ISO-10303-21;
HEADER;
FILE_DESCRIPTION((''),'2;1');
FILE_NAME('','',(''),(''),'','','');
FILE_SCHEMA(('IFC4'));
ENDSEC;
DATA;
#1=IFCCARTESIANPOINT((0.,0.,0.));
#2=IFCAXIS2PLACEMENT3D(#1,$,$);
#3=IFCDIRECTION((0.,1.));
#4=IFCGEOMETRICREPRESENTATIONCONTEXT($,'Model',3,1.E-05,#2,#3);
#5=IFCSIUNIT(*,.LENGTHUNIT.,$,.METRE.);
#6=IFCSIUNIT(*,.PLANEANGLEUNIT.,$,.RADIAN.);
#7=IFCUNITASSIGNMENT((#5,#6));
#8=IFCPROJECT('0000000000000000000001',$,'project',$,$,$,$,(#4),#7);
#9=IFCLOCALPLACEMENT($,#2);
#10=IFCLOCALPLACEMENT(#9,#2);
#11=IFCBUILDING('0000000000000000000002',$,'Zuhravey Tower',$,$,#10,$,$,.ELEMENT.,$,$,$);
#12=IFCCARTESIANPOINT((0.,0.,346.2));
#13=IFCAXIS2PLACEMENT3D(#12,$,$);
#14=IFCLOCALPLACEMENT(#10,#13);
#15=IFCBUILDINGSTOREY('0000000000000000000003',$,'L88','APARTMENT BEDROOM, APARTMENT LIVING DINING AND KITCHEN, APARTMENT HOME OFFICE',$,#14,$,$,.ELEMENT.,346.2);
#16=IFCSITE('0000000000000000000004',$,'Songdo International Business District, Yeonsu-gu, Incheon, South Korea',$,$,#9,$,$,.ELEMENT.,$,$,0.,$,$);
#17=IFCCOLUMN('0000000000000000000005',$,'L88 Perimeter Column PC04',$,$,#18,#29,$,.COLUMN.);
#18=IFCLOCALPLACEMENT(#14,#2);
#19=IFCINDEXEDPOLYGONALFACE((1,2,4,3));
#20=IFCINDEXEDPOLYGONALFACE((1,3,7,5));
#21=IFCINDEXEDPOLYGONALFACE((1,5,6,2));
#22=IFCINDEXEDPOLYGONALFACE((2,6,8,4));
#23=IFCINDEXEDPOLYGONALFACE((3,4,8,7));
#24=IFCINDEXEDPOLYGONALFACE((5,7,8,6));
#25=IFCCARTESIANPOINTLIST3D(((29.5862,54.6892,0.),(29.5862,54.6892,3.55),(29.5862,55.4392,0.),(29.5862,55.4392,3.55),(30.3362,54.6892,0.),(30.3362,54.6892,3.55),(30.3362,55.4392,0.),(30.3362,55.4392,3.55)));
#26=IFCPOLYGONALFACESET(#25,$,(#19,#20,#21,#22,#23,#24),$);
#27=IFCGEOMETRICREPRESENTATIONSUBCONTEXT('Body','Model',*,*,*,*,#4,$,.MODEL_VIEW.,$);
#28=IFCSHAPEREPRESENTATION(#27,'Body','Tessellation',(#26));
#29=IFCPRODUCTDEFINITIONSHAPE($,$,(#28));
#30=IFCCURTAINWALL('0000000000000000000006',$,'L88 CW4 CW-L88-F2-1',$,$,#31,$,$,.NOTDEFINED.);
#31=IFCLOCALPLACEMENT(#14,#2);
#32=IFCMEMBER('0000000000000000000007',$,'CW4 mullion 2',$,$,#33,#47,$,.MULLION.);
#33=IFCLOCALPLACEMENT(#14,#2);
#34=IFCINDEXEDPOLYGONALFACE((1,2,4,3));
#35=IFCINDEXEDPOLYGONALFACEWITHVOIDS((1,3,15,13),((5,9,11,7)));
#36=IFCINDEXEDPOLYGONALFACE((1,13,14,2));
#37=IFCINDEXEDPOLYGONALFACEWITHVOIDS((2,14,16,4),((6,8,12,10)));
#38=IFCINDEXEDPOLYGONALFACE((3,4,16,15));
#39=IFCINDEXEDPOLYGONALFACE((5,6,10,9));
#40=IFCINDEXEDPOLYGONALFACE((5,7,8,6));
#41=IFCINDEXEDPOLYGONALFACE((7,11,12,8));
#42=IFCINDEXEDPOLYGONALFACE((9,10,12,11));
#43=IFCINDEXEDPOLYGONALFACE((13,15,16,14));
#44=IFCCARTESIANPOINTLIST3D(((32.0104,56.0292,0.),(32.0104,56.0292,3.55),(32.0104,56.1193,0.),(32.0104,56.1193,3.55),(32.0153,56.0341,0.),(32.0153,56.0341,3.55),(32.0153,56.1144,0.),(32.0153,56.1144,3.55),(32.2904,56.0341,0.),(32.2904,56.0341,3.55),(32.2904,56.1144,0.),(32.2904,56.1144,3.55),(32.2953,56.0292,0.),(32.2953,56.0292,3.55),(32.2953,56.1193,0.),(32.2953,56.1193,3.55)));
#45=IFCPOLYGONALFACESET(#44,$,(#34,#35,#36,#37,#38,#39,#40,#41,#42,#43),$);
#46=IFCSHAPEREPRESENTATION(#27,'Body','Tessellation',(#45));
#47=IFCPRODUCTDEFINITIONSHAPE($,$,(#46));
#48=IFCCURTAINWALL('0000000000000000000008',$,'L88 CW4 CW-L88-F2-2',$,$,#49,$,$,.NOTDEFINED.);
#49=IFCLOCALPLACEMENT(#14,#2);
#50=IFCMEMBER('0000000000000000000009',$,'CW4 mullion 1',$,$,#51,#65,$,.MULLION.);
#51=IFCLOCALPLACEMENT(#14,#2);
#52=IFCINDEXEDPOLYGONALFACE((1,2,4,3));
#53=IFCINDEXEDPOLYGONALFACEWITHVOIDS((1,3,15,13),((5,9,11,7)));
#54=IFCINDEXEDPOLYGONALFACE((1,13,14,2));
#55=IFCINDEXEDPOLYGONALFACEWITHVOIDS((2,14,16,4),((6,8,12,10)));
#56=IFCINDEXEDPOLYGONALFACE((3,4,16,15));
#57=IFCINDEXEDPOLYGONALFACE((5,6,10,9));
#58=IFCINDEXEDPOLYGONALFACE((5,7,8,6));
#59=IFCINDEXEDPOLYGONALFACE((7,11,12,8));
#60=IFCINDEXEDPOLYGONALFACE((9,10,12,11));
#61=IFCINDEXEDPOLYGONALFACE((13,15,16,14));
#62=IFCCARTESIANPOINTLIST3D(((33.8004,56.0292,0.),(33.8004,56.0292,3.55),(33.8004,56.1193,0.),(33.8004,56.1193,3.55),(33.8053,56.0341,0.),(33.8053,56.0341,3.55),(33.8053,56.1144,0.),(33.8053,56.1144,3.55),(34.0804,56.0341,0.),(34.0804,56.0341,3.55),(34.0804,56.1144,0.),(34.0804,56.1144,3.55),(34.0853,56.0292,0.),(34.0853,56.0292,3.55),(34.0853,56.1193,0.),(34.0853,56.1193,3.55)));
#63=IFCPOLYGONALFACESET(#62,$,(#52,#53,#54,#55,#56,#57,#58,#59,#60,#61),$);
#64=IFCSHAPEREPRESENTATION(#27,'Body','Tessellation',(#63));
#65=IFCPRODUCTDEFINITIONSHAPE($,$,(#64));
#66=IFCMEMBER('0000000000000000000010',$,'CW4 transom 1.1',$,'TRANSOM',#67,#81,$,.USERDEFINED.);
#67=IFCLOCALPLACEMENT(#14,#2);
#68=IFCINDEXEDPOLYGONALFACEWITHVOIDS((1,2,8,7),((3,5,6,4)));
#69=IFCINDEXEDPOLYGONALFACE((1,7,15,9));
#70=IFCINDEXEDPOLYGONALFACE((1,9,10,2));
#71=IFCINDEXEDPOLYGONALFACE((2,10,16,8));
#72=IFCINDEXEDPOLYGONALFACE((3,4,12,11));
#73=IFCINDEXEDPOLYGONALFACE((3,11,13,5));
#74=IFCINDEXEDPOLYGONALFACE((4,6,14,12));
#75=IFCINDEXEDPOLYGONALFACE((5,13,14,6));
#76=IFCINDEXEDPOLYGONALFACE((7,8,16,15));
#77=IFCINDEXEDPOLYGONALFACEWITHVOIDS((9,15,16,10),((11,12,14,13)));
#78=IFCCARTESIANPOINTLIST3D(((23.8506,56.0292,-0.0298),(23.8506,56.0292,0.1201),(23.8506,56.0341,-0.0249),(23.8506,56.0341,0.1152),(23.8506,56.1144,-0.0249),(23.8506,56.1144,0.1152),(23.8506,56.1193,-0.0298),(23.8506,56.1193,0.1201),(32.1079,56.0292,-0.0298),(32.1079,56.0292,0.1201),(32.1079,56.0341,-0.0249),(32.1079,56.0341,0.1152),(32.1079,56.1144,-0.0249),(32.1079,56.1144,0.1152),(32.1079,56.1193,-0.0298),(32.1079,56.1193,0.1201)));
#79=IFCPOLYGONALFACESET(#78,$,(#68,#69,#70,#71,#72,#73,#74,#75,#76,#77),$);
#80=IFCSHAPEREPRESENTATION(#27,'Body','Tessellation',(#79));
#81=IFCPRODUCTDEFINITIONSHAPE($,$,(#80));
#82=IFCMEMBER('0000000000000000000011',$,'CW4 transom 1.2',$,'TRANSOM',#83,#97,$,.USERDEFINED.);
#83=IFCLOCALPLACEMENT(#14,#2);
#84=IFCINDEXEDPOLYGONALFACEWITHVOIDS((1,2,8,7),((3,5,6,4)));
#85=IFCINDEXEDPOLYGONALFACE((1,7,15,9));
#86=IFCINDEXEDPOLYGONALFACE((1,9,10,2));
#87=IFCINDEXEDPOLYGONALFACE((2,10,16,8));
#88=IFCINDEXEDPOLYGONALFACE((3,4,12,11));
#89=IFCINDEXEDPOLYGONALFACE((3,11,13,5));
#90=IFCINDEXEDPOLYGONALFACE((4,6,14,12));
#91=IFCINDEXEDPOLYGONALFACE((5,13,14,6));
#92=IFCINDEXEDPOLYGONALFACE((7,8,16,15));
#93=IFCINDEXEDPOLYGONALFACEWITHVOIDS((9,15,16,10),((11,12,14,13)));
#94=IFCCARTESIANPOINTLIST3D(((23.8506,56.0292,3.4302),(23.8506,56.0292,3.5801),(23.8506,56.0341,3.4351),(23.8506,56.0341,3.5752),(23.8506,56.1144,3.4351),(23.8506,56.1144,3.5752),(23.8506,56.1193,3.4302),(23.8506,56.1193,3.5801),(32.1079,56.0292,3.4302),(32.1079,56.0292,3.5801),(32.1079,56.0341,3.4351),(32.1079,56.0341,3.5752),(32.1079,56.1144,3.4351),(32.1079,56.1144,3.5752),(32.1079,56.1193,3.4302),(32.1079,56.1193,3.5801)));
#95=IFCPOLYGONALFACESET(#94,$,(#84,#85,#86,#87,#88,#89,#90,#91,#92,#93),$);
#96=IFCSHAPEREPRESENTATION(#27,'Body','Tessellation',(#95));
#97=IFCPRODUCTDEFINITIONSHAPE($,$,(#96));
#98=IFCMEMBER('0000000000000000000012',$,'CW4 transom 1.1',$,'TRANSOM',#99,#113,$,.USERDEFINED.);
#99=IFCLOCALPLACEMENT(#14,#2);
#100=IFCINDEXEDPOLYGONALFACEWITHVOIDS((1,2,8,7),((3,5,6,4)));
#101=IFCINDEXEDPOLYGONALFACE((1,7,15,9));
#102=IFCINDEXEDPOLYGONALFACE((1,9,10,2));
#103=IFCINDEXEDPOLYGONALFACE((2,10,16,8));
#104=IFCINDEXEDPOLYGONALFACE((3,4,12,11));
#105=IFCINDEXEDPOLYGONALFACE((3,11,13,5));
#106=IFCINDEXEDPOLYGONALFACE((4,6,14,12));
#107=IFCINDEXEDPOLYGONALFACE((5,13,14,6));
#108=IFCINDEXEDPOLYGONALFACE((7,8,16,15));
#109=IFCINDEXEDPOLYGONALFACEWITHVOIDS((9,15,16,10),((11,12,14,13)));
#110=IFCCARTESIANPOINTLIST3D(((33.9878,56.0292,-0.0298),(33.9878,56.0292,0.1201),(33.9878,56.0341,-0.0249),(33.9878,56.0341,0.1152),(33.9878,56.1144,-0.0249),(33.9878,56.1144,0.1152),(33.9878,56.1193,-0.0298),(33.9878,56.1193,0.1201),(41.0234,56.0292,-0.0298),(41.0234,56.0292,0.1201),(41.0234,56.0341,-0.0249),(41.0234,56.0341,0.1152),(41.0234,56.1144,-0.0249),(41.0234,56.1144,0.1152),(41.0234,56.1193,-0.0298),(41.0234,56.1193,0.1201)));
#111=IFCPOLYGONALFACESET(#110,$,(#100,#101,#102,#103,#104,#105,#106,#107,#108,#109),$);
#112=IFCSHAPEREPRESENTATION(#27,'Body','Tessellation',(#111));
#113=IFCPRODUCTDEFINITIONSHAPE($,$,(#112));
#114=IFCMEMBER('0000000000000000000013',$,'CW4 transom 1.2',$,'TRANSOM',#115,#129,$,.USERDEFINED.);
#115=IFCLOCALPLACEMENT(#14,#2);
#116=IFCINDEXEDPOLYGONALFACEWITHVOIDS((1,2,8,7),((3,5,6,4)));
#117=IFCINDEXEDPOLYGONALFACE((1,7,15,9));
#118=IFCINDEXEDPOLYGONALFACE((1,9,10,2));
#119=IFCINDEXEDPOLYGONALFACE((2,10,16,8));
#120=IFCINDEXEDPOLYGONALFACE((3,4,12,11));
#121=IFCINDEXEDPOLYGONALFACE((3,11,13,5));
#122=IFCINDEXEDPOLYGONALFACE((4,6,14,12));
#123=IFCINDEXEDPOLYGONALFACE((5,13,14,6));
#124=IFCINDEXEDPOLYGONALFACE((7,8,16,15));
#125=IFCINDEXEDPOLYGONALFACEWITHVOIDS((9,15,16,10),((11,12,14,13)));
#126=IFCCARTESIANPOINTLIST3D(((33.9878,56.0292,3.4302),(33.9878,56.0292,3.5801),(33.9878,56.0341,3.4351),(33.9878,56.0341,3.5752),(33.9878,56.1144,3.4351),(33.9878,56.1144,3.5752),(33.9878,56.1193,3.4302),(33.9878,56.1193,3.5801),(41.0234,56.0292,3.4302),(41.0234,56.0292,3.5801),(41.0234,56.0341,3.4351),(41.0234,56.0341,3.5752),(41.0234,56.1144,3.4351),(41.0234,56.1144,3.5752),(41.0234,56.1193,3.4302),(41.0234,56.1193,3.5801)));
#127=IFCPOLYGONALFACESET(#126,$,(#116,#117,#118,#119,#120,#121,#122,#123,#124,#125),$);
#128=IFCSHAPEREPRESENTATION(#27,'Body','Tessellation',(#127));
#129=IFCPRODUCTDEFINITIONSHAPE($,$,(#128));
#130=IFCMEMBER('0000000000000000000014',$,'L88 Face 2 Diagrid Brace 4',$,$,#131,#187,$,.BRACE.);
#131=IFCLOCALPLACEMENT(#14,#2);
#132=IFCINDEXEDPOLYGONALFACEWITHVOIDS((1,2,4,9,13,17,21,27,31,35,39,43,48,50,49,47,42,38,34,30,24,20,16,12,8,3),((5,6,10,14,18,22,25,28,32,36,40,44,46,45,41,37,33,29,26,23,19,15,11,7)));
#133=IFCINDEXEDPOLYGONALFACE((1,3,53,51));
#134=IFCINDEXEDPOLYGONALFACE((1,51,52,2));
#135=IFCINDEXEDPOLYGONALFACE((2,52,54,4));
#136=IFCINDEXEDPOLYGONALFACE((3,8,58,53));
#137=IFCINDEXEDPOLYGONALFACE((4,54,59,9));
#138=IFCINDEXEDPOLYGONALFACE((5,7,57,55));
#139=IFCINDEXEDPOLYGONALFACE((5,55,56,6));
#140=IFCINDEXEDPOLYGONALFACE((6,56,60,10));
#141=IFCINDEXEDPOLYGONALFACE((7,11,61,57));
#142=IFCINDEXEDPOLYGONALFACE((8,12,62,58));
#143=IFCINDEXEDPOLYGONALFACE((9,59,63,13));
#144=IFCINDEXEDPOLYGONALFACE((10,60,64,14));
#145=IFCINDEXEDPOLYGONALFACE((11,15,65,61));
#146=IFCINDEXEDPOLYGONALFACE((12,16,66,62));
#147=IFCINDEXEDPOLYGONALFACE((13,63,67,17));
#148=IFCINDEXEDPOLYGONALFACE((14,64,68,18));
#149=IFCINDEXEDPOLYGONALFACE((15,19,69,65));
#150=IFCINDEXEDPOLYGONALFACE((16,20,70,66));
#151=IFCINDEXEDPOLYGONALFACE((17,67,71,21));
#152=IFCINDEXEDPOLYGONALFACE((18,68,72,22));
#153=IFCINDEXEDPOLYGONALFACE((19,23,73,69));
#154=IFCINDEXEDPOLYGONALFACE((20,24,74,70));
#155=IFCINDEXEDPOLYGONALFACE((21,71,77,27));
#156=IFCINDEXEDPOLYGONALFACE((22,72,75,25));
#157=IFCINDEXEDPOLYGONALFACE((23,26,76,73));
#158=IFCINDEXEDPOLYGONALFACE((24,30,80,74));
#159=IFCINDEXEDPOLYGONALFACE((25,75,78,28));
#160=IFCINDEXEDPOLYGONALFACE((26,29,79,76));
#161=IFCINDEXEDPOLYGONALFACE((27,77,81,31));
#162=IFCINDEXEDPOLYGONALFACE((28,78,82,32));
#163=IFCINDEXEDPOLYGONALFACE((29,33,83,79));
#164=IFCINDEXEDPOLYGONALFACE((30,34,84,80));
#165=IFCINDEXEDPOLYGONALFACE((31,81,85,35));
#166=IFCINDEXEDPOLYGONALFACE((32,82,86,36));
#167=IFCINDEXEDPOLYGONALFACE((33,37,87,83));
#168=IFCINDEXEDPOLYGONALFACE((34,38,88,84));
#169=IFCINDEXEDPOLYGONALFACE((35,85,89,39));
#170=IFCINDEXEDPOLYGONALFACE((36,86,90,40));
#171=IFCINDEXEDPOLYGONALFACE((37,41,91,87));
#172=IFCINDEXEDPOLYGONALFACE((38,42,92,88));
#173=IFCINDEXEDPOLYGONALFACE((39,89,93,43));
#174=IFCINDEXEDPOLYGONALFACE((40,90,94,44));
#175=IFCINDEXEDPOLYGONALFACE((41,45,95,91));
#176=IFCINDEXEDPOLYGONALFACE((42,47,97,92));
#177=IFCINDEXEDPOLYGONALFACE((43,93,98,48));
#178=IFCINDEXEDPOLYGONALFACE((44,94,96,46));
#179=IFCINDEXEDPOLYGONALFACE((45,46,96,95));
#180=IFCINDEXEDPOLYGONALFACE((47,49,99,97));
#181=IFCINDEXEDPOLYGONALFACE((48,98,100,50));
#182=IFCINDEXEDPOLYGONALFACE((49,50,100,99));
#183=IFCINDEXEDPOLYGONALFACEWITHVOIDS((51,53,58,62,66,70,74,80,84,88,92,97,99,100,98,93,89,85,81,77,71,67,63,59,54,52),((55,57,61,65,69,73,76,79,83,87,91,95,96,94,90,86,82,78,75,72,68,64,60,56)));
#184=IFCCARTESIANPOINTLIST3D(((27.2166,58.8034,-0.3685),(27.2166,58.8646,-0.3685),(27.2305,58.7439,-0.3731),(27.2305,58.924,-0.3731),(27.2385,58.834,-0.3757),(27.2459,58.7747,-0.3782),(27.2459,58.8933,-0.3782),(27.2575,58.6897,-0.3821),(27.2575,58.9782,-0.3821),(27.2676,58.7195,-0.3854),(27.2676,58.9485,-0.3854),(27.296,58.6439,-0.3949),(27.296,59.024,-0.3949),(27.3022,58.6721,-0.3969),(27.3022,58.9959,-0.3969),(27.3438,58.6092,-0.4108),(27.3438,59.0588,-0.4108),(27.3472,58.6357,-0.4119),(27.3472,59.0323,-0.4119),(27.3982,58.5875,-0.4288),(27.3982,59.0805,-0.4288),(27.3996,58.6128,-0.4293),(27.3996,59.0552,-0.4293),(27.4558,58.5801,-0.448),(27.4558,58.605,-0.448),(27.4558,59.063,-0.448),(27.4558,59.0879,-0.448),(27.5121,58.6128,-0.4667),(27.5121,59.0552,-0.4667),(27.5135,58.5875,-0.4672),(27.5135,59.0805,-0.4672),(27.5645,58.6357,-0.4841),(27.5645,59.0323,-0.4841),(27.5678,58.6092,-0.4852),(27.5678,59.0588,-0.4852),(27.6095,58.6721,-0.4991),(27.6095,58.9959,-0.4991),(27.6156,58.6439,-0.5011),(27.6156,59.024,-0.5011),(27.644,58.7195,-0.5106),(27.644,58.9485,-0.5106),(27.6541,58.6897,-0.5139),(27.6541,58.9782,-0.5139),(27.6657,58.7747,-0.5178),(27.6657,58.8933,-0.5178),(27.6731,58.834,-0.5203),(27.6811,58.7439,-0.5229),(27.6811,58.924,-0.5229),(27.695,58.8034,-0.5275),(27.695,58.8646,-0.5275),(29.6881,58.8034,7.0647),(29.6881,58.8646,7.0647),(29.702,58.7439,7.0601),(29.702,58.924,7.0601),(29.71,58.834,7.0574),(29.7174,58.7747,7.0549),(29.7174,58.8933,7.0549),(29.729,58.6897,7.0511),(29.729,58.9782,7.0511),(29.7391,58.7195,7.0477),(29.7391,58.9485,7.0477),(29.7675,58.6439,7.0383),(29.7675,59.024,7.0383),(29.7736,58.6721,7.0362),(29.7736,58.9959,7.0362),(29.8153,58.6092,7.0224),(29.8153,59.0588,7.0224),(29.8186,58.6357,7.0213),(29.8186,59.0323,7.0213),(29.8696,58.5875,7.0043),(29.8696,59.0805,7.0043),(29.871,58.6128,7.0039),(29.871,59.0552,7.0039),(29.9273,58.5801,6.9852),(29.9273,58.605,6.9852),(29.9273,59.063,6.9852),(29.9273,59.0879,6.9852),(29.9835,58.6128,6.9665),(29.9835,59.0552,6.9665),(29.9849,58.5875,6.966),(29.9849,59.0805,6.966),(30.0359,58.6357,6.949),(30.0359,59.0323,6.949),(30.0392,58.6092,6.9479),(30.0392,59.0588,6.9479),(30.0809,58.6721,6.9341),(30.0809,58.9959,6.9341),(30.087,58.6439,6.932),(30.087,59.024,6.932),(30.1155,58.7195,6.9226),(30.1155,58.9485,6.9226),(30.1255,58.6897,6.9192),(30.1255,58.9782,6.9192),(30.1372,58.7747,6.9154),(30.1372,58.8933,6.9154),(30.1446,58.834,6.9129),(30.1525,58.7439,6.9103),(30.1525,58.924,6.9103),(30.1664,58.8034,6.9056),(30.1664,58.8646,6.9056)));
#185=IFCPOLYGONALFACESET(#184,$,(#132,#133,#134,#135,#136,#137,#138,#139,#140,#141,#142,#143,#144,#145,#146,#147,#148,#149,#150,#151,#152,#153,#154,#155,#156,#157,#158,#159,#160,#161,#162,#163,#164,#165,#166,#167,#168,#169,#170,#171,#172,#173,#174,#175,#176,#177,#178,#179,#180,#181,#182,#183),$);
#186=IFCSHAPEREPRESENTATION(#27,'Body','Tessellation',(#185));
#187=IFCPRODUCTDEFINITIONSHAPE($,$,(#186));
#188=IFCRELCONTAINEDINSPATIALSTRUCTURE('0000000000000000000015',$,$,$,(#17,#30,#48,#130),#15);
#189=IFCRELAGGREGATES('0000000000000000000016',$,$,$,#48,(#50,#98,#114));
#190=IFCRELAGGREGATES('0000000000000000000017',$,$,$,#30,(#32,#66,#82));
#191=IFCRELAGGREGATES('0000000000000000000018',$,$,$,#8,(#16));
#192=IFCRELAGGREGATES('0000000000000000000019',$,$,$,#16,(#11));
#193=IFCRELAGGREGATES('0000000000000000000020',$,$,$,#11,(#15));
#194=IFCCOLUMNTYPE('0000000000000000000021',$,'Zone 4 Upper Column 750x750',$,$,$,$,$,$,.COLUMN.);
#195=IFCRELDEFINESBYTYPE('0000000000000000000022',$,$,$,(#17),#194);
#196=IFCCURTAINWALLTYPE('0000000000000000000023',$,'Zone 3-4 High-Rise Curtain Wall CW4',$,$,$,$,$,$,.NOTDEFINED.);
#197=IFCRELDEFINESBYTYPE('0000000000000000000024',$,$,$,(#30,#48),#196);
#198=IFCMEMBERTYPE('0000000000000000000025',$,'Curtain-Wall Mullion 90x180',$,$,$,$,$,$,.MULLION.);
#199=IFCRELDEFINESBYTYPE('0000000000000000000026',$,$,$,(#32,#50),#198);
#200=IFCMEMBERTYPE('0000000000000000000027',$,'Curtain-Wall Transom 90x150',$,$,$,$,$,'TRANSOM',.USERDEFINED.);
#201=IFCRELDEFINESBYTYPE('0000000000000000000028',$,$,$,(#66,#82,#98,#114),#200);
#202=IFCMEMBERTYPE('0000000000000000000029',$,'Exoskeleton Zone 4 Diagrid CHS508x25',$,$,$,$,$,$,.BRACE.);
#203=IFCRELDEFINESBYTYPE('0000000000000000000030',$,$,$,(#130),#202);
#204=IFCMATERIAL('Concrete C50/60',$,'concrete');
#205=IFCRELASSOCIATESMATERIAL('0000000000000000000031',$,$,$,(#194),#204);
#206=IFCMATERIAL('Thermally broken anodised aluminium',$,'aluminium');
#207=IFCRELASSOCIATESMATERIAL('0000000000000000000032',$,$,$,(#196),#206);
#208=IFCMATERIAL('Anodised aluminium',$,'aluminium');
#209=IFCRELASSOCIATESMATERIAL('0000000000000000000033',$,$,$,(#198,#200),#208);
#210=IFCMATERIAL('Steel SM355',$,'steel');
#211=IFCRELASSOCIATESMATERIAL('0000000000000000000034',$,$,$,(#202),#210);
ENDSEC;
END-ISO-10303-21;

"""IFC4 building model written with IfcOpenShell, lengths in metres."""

from ifc_helpers import new_model, si_unit, direction, frame, origin, origin_2d, place, context, subcontext, project, spatial, rectangle, hollow_rectangle, hollow_circle, extrude, material, material_profile, profile_set, type_object, element, aggregate, save


model = new_model("IFC4")

# Units and contexts
model_context = context("Model", 3, precision=1e-05, world=origin(), true_north=direction((0.0, 1.0)))
body_context = subcontext(model_context, "Body", "Model", "MODEL_VIEW")
ifc_project = project(units=[si_unit("LENGTHUNIT", "METRE"), si_unit("PLANEANGLEUNIT", "RADIAN")], contexts=[model_context])

# Site, building, storey
site_placement = place(None, origin())
site = spatial("IfcSite", under=ifc_project, at=site_placement, Name="Songdo International Business District, Yeonsu-gu, Incheon, South Korea", CompositionType="ELEMENT", RefElevation=0.0)
building_placement = place(site_placement, origin())
building = spatial("IfcBuilding", under=site, at=building_placement, Name="Zuhravey Tower", CompositionType="ELEMENT")
storey_placement = place(building_placement, frame((0.0, 0.0, 346.2)))
storey = spatial("IfcBuildingStorey", under=building, at=storey_placement, Name="L88", Description="APARTMENT BEDROOM, APARTMENT LIVING DINING AND KITCHEN, APARTMENT HOME OFFICE", CompositionType="ELEMENT", Elevation=346.2)

# Column
ifc_material_1 = material(Name="Concrete C50/60", Category="concrete")
ifc_material_profile_1 = material_profile(ifc_material_1, rectangle(XDim=0.75, YDim=0.75, at=origin_2d()), Name="RC-750x750")
ifc_profile_set_1 = profile_set([ifc_material_profile_1], Name="Concrete C50/60")
column_type = type_object("IfcColumnType", Name="Zone 4 Upper Column 750x750", PredefinedType="COLUMN", material=ifc_profile_set_1)
column_placement = place(storey_placement, frame((29.9612, 55.0642, 0.0), z_axis=(0.0, 0.0, 1.0), x_axis=(-1.0, 0.0, 0.0)))
element("IfcColumn", 1, at=column_placement, inside=storey, type_object=column_type, Name="L88 Perimeter Column PC04", PredefinedType="COLUMN", context=body_context, shape_type="SweptSolid", body=[
    extrude(rectangle(XDim=0.75, YDim=0.75, at=origin_2d()), origin(), (0.0, 0.0, 1.0), 3.55),
])

# Curtain walls, members
ifc_material_2 = material(Name="Thermally broken anodised aluminium", Category="aluminium")
curtain_wall_type = type_object("IfcCurtainWallType", Name="Zone 3-4 High-Rise Curtain Wall CW4", PredefinedType="NOTDEFINED", material=ifc_material_2)
curtain_wall_1_placement = place(storey_placement, origin())
curtain_wall_1 = element("IfcCurtainWall", 2, at=curtain_wall_1_placement, inside=storey, type_object=curtain_wall_type, Name="L88 CW4 CW-L88-F2-1", PredefinedType="NOTDEFINED")
ifc_material_3 = material(Name="Anodised aluminium", Category="aluminium")
ifc_material_profile_2 = material_profile(ifc_material_3, hollow_rectangle(XDim=0.0901, YDim=0.2849, WallThickness=0.0049, at=origin_2d()), Name="ALU-RHS-90x285x5")
ifc_profile_set_2 = profile_set([ifc_material_profile_2], Name="Anodised aluminium")
member_type_1 = type_object("IfcMemberType", Name="Curtain-Wall Mullion 90x180", PredefinedType="MULLION", material=ifc_profile_set_2)
member_1_placement = place(storey_placement, frame((32.1528, 56.0742, 0.0), z_axis=(0.0, 0.0, 1.0), x_axis=(0.0, 1.0, 0.0)))
member_1 = element("IfcMember", 3, at=member_1_placement, type_object=member_type_1, Name="CW4 mullion 2", PredefinedType="MULLION", context=body_context, shape_type="SweptSolid", body=[
    extrude(hollow_rectangle(XDim=0.0901, YDim=0.2849, WallThickness=0.0049, at=origin_2d()), origin(), (0.0, 0.0, 1.0), 3.55),
])
curtain_wall_2_placement = place(storey_placement, origin())
curtain_wall_2 = element("IfcCurtainWall", 4, at=curtain_wall_2_placement, inside=storey, type_object=curtain_wall_type, Name="L88 CW4 CW-L88-F2-2", PredefinedType="NOTDEFINED")
member_2_placement = place(storey_placement, frame((33.9429, 56.0742, 0.0), z_axis=(0.0, 0.0, 1.0), x_axis=(0.0, 1.0, 0.0)))
member_2 = element("IfcMember", 5, at=member_2_placement, type_object=member_type_1, Name="CW4 mullion 1", PredefinedType="MULLION", context=body_context, shape_type="SweptSolid", body=[
    extrude(hollow_rectangle(XDim=0.0901, YDim=0.2849, WallThickness=0.0049, at=origin_2d()), origin(), (0.0, 0.0, 1.0), 3.55),
])

# Members
ifc_material_profile_3 = material_profile(ifc_material_3, hollow_rectangle(XDim=0.0901, YDim=0.1499, WallThickness=0.0049, at=origin_2d()), Name="ALU-RHS-90x150x5")
ifc_profile_set_3 = profile_set([ifc_material_profile_3], Name="Anodised aluminium")
member_type_2 = type_object("IfcMemberType", Name="Curtain-Wall Transom 90x150", ElementType="TRANSOM", PredefinedType="USERDEFINED", material=ifc_profile_set_3)
member_3_placement = place(storey_placement, frame((23.8506, 56.0742, 0.0452), z_axis=(1.0, 0.0, 0.0), x_axis=(0.0, 1.0, 0.0)))
member_3 = element("IfcMember", 6, at=member_3_placement, type_object=member_type_2, Name="CW4 transom 1.1", ObjectType="TRANSOM", PredefinedType="USERDEFINED", context=body_context, shape_type="SweptSolid", body=[
    extrude(hollow_rectangle(XDim=0.0901, YDim=0.1499, WallThickness=0.0049, at=origin_2d()), origin(), (0.0, 0.0, 1.0), 8.2573),
])
member_4_placement = place(storey_placement, frame((23.8506, 56.0742, 3.5051), z_axis=(1.0, 0.0, 0.0), x_axis=(0.0, 1.0, 0.0)))
member_4 = element("IfcMember", 7, at=member_4_placement, type_object=member_type_2, Name="CW4 transom 1.2", ObjectType="TRANSOM", PredefinedType="USERDEFINED", context=body_context, shape_type="SweptSolid", body=[
    extrude(hollow_rectangle(XDim=0.0901, YDim=0.1499, WallThickness=0.0049, at=origin_2d()), origin(), (0.0, 0.0, 1.0), 8.2573),
])
member_5_placement = place(storey_placement, frame((33.9878, 56.0742, 0.0452), z_axis=(1.0, 0.0, 0.0), x_axis=(0.0, 1.0, 0.0)))
member_5 = element("IfcMember", 8, at=member_5_placement, type_object=member_type_2, Name="CW4 transom 1.1", ObjectType="TRANSOM", PredefinedType="USERDEFINED", context=body_context, shape_type="SweptSolid", body=[
    extrude(hollow_rectangle(XDim=0.0901, YDim=0.1499, WallThickness=0.0049, at=origin_2d()), origin(), (0.0, 0.0, 1.0), 7.0356),
])
member_6_placement = place(storey_placement, frame((33.9878, 56.0742, 3.5051), z_axis=(1.0, 0.0, 0.0), x_axis=(0.0, 1.0, 0.0)))
member_6 = element("IfcMember", 9, at=member_6_placement, type_object=member_type_2, Name="CW4 transom 1.2", ObjectType="TRANSOM", PredefinedType="USERDEFINED", context=body_context, shape_type="SweptSolid", body=[
    extrude(hollow_rectangle(XDim=0.0901, YDim=0.1499, WallThickness=0.0049, at=origin_2d()), origin(), (0.0, 0.0, 1.0), 7.0356),
])
aggregate(curtain_wall_2, [member_2, member_5, member_6])

# Member
ifc_material_4 = material(Name="Steel SM355", Category="steel")
ifc_material_profile_4 = material_profile(ifc_material_4, hollow_circle(Radius=0.2539, WallThickness=0.0249, at=origin_2d()), Name="CHS-508.0x25")
ifc_profile_set_4 = profile_set([ifc_material_profile_4], Name="Steel SM355")
member_type_3 = type_object("IfcMemberType", Name="Exoskeleton Zone 4 Diagrid CHS508x25", PredefinedType="BRACE", material=ifc_profile_set_4)
member_7_placement = place(storey_placement, frame((27.4558, 58.834, -0.448), z_axis=(0.315508, 0.0, 0.948923), x_axis=(0.0, 1.0, 0.0)))
element("IfcMember", 10, at=member_7_placement, inside=storey, type_object=member_type_3, Name="L88 Face 2 Diagrid Brace 4", PredefinedType="BRACE", context=body_context, shape_type="SweptSolid", body=[
    extrude(hollow_circle(Radius=0.2539, WallThickness=0.0249, at=origin_2d()), origin(), (0.0, 0.0, 1.0), 7.8333),
])

aggregate(curtain_wall_1, [member_1, member_3, member_4])

save(model, "model.ifc")
